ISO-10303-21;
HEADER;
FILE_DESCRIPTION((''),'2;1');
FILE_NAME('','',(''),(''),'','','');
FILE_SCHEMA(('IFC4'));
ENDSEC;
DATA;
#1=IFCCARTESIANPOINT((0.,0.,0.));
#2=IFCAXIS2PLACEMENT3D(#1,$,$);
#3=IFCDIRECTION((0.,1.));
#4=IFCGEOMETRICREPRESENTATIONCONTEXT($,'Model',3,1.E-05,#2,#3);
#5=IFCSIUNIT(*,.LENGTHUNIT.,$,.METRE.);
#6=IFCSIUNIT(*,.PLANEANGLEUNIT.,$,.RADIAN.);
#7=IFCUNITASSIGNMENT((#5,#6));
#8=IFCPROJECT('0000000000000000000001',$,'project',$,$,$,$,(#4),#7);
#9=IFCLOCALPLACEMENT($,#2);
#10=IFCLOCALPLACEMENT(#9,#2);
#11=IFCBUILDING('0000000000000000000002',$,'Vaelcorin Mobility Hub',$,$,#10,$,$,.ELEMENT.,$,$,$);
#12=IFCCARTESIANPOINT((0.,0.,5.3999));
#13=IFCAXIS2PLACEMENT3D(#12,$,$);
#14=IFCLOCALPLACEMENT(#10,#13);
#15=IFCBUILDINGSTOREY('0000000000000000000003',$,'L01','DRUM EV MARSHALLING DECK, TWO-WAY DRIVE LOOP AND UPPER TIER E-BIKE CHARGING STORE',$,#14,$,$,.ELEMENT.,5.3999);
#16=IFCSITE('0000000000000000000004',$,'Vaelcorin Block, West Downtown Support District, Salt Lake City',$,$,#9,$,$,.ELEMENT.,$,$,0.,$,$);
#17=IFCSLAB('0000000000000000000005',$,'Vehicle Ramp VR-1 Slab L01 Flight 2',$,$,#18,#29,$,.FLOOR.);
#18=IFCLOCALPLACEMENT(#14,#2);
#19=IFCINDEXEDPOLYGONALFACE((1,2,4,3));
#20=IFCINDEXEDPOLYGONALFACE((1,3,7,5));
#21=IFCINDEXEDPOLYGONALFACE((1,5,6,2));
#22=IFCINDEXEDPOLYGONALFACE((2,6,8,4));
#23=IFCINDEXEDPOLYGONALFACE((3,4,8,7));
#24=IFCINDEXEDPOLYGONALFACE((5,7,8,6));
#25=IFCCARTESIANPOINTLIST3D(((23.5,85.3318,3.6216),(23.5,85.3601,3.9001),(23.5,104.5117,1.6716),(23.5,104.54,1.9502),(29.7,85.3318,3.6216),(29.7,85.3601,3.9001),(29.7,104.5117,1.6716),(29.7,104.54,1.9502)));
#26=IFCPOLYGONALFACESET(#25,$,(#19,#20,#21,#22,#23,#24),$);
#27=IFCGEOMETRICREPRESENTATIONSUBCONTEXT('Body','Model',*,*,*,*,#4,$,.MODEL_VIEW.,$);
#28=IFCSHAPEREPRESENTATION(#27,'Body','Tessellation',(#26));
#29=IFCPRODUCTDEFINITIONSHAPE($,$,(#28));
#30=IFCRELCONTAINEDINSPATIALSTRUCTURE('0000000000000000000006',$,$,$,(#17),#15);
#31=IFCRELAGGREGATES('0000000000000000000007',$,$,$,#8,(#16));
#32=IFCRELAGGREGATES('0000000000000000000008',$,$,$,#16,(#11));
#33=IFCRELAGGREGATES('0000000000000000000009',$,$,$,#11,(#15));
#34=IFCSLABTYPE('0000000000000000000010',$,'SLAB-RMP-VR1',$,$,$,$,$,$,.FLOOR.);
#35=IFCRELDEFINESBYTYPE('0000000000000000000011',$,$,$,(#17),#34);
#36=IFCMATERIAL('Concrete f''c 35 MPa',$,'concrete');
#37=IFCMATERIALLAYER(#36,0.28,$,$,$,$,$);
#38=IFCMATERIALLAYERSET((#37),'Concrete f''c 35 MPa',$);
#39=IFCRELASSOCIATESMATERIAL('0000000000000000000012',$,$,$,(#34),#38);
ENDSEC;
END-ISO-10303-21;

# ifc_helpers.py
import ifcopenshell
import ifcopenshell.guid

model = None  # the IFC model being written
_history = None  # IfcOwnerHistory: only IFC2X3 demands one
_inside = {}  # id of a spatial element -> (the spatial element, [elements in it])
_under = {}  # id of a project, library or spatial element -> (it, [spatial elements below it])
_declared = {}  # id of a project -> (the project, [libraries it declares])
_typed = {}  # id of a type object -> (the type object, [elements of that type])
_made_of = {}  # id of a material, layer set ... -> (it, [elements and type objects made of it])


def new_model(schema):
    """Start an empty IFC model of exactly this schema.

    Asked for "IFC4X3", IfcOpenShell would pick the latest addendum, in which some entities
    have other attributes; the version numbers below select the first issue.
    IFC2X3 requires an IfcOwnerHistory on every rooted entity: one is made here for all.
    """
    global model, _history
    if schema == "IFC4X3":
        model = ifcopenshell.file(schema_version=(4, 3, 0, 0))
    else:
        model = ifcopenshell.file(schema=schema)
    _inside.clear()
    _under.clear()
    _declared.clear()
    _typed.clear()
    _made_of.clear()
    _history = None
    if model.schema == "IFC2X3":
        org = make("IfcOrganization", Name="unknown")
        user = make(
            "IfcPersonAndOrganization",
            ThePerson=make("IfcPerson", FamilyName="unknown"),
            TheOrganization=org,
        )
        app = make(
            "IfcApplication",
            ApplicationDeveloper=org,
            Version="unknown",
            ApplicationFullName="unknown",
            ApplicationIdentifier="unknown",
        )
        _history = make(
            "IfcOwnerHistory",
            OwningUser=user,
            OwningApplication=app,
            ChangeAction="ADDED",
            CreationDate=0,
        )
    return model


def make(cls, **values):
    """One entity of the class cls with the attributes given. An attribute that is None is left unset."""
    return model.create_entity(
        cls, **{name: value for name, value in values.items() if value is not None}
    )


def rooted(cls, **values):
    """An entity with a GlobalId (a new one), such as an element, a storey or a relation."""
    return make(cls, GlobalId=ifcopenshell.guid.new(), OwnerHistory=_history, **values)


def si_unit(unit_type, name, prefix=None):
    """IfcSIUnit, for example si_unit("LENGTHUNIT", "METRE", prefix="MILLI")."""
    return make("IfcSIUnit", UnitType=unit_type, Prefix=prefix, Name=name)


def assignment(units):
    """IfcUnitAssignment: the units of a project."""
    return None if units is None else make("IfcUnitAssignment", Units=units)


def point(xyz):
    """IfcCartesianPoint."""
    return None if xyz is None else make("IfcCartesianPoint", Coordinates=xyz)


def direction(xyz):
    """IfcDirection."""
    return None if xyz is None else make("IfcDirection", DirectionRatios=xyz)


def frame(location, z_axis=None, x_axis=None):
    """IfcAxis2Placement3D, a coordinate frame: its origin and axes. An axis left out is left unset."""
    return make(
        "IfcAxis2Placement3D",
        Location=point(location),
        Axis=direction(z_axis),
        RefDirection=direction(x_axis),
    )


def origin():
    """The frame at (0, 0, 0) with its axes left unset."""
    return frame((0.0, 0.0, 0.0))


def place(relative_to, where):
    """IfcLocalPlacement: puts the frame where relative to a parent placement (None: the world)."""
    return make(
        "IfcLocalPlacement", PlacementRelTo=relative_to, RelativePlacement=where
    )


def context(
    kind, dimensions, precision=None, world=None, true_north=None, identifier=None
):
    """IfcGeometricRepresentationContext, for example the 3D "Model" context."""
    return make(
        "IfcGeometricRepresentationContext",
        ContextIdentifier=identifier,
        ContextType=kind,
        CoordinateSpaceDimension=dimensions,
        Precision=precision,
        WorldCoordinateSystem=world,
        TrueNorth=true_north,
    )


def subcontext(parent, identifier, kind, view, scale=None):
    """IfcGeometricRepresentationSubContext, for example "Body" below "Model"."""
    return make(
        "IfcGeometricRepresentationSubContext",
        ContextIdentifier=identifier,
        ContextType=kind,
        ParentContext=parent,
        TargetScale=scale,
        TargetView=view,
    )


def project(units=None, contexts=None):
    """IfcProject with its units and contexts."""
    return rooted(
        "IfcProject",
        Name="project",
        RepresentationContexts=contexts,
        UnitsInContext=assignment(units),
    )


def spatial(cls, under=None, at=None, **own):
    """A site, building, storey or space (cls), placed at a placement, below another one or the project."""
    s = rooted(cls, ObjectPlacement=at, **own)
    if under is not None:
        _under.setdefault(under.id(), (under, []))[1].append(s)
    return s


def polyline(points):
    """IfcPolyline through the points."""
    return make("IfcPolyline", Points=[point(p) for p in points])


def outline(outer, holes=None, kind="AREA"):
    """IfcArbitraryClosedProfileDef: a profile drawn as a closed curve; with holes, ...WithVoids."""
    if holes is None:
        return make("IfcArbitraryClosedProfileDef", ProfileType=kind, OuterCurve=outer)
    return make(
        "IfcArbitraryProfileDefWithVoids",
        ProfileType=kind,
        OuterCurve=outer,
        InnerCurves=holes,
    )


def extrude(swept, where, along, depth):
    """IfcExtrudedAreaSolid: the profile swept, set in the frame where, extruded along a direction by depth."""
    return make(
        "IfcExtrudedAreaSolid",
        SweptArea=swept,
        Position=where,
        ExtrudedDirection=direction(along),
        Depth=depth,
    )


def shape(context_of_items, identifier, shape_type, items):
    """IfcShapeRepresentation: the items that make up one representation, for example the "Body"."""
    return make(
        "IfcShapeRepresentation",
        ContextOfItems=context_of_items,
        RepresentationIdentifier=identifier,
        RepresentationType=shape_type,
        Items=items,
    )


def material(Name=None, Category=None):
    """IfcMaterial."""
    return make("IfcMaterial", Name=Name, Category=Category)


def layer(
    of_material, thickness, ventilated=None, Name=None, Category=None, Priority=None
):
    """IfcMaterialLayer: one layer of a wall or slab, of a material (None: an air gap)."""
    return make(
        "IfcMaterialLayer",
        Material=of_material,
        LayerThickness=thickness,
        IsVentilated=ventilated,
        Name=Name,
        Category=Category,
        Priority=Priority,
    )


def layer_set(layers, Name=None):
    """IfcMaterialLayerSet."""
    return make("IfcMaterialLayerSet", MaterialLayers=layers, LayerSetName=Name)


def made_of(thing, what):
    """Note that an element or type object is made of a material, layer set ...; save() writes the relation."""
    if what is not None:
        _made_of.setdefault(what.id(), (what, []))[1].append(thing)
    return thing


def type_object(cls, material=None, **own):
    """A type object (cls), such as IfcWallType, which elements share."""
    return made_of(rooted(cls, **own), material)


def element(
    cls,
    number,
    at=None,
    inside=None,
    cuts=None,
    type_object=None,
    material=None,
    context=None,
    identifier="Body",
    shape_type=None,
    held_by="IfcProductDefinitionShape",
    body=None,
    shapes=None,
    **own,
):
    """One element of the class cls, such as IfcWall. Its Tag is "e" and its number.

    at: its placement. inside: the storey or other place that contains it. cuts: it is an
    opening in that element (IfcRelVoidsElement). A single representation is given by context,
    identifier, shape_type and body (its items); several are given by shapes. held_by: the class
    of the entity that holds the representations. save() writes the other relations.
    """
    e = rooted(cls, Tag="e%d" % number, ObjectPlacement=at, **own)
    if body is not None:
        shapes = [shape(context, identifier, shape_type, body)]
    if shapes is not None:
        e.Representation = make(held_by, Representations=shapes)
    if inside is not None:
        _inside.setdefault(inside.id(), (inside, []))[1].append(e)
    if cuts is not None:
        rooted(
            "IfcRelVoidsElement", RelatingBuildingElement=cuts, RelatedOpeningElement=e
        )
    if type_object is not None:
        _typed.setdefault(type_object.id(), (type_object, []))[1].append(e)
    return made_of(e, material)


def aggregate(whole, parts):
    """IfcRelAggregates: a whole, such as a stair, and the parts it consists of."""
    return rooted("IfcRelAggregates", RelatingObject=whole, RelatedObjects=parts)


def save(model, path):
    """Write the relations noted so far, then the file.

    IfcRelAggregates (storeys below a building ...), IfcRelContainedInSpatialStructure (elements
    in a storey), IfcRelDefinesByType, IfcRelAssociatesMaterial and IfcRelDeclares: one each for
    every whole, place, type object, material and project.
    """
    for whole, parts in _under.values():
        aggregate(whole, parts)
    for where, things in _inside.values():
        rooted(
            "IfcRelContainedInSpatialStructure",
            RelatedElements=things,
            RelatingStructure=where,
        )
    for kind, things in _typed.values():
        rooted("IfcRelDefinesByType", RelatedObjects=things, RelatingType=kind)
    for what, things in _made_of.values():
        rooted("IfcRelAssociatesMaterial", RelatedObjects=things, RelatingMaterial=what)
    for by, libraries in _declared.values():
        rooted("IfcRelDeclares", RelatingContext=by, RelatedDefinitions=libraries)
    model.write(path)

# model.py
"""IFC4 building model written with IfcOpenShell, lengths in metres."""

from ifc_helpers import new_model, si_unit, direction, frame, origin, place, context, subcontext, project, spatial, polyline, outline, extrude, material, layer, layer_set, type_object, element, save


model = new_model("IFC4")

# Units and contexts
model_context = context("Model", 3, precision=1e-05, world=origin(), true_north=direction((0.0, 1.0)))
body_context = subcontext(model_context, "Body", "Model", "MODEL_VIEW")
ifc_project = project(units=[si_unit("LENGTHUNIT", "METRE"), si_unit("PLANEANGLEUNIT", "RADIAN")], contexts=[model_context])

# Site, building, storey
site_placement = place(None, origin())
site = spatial("IfcSite", under=ifc_project, at=site_placement, Name="Vaelcorin Block, West Downtown Support District, Salt Lake City", CompositionType="ELEMENT", RefElevation=0.0)
building_placement = place(site_placement, origin())
building = spatial("IfcBuilding", under=site, at=building_placement, Name="Vaelcorin Mobility Hub", CompositionType="ELEMENT")
storey_placement = place(building_placement, frame((0.0, 0.0, 5.3999)))
storey = spatial("IfcBuildingStorey", under=building, at=storey_placement, Name="L01", Description="DRUM EV MARSHALLING DECK, TWO-WAY DRIVE LOOP AND UPPER TIER E-BIKE CHARGING STORE", CompositionType="ELEMENT", Elevation=5.3999)

# Slab
ifc_material_1 = material(Name="Concrete f'c 35 MPa", Category="concrete")
ifc_layer_1 = layer(ifc_material_1, 0.28)
ifc_layer_set_1 = layer_set([ifc_layer_1], Name="Concrete f'c 35 MPa")
slab_type = type_object("IfcSlabType", Name="SLAB-RMP-VR1", PredefinedType="FLOOR", material=ifc_layer_set_1)
slab_placement = place(storey_placement, frame((23.5, 85.3601, 3.9001), z_axis=(0.0, 0.101145, 0.994872), x_axis=(1.0, 0.0, 0.0)))
element("IfcSlab", 1, at=slab_placement, inside=storey, type_object=slab_type, Name="Vehicle Ramp VR-1 Slab L01 Flight 2", PredefinedType="FLOOR", context=body_context, shape_type="SweptSolid", body=[
    extrude(outline(polyline([(0.0, 0.0), (6.2, 0.0), (6.2, 19.2788), (0.0, 19.2788), (0.0, 0.0)])), origin(), (0.0, 0.0, -1.0), 0.28),
])

save(model, "model.ifc")
